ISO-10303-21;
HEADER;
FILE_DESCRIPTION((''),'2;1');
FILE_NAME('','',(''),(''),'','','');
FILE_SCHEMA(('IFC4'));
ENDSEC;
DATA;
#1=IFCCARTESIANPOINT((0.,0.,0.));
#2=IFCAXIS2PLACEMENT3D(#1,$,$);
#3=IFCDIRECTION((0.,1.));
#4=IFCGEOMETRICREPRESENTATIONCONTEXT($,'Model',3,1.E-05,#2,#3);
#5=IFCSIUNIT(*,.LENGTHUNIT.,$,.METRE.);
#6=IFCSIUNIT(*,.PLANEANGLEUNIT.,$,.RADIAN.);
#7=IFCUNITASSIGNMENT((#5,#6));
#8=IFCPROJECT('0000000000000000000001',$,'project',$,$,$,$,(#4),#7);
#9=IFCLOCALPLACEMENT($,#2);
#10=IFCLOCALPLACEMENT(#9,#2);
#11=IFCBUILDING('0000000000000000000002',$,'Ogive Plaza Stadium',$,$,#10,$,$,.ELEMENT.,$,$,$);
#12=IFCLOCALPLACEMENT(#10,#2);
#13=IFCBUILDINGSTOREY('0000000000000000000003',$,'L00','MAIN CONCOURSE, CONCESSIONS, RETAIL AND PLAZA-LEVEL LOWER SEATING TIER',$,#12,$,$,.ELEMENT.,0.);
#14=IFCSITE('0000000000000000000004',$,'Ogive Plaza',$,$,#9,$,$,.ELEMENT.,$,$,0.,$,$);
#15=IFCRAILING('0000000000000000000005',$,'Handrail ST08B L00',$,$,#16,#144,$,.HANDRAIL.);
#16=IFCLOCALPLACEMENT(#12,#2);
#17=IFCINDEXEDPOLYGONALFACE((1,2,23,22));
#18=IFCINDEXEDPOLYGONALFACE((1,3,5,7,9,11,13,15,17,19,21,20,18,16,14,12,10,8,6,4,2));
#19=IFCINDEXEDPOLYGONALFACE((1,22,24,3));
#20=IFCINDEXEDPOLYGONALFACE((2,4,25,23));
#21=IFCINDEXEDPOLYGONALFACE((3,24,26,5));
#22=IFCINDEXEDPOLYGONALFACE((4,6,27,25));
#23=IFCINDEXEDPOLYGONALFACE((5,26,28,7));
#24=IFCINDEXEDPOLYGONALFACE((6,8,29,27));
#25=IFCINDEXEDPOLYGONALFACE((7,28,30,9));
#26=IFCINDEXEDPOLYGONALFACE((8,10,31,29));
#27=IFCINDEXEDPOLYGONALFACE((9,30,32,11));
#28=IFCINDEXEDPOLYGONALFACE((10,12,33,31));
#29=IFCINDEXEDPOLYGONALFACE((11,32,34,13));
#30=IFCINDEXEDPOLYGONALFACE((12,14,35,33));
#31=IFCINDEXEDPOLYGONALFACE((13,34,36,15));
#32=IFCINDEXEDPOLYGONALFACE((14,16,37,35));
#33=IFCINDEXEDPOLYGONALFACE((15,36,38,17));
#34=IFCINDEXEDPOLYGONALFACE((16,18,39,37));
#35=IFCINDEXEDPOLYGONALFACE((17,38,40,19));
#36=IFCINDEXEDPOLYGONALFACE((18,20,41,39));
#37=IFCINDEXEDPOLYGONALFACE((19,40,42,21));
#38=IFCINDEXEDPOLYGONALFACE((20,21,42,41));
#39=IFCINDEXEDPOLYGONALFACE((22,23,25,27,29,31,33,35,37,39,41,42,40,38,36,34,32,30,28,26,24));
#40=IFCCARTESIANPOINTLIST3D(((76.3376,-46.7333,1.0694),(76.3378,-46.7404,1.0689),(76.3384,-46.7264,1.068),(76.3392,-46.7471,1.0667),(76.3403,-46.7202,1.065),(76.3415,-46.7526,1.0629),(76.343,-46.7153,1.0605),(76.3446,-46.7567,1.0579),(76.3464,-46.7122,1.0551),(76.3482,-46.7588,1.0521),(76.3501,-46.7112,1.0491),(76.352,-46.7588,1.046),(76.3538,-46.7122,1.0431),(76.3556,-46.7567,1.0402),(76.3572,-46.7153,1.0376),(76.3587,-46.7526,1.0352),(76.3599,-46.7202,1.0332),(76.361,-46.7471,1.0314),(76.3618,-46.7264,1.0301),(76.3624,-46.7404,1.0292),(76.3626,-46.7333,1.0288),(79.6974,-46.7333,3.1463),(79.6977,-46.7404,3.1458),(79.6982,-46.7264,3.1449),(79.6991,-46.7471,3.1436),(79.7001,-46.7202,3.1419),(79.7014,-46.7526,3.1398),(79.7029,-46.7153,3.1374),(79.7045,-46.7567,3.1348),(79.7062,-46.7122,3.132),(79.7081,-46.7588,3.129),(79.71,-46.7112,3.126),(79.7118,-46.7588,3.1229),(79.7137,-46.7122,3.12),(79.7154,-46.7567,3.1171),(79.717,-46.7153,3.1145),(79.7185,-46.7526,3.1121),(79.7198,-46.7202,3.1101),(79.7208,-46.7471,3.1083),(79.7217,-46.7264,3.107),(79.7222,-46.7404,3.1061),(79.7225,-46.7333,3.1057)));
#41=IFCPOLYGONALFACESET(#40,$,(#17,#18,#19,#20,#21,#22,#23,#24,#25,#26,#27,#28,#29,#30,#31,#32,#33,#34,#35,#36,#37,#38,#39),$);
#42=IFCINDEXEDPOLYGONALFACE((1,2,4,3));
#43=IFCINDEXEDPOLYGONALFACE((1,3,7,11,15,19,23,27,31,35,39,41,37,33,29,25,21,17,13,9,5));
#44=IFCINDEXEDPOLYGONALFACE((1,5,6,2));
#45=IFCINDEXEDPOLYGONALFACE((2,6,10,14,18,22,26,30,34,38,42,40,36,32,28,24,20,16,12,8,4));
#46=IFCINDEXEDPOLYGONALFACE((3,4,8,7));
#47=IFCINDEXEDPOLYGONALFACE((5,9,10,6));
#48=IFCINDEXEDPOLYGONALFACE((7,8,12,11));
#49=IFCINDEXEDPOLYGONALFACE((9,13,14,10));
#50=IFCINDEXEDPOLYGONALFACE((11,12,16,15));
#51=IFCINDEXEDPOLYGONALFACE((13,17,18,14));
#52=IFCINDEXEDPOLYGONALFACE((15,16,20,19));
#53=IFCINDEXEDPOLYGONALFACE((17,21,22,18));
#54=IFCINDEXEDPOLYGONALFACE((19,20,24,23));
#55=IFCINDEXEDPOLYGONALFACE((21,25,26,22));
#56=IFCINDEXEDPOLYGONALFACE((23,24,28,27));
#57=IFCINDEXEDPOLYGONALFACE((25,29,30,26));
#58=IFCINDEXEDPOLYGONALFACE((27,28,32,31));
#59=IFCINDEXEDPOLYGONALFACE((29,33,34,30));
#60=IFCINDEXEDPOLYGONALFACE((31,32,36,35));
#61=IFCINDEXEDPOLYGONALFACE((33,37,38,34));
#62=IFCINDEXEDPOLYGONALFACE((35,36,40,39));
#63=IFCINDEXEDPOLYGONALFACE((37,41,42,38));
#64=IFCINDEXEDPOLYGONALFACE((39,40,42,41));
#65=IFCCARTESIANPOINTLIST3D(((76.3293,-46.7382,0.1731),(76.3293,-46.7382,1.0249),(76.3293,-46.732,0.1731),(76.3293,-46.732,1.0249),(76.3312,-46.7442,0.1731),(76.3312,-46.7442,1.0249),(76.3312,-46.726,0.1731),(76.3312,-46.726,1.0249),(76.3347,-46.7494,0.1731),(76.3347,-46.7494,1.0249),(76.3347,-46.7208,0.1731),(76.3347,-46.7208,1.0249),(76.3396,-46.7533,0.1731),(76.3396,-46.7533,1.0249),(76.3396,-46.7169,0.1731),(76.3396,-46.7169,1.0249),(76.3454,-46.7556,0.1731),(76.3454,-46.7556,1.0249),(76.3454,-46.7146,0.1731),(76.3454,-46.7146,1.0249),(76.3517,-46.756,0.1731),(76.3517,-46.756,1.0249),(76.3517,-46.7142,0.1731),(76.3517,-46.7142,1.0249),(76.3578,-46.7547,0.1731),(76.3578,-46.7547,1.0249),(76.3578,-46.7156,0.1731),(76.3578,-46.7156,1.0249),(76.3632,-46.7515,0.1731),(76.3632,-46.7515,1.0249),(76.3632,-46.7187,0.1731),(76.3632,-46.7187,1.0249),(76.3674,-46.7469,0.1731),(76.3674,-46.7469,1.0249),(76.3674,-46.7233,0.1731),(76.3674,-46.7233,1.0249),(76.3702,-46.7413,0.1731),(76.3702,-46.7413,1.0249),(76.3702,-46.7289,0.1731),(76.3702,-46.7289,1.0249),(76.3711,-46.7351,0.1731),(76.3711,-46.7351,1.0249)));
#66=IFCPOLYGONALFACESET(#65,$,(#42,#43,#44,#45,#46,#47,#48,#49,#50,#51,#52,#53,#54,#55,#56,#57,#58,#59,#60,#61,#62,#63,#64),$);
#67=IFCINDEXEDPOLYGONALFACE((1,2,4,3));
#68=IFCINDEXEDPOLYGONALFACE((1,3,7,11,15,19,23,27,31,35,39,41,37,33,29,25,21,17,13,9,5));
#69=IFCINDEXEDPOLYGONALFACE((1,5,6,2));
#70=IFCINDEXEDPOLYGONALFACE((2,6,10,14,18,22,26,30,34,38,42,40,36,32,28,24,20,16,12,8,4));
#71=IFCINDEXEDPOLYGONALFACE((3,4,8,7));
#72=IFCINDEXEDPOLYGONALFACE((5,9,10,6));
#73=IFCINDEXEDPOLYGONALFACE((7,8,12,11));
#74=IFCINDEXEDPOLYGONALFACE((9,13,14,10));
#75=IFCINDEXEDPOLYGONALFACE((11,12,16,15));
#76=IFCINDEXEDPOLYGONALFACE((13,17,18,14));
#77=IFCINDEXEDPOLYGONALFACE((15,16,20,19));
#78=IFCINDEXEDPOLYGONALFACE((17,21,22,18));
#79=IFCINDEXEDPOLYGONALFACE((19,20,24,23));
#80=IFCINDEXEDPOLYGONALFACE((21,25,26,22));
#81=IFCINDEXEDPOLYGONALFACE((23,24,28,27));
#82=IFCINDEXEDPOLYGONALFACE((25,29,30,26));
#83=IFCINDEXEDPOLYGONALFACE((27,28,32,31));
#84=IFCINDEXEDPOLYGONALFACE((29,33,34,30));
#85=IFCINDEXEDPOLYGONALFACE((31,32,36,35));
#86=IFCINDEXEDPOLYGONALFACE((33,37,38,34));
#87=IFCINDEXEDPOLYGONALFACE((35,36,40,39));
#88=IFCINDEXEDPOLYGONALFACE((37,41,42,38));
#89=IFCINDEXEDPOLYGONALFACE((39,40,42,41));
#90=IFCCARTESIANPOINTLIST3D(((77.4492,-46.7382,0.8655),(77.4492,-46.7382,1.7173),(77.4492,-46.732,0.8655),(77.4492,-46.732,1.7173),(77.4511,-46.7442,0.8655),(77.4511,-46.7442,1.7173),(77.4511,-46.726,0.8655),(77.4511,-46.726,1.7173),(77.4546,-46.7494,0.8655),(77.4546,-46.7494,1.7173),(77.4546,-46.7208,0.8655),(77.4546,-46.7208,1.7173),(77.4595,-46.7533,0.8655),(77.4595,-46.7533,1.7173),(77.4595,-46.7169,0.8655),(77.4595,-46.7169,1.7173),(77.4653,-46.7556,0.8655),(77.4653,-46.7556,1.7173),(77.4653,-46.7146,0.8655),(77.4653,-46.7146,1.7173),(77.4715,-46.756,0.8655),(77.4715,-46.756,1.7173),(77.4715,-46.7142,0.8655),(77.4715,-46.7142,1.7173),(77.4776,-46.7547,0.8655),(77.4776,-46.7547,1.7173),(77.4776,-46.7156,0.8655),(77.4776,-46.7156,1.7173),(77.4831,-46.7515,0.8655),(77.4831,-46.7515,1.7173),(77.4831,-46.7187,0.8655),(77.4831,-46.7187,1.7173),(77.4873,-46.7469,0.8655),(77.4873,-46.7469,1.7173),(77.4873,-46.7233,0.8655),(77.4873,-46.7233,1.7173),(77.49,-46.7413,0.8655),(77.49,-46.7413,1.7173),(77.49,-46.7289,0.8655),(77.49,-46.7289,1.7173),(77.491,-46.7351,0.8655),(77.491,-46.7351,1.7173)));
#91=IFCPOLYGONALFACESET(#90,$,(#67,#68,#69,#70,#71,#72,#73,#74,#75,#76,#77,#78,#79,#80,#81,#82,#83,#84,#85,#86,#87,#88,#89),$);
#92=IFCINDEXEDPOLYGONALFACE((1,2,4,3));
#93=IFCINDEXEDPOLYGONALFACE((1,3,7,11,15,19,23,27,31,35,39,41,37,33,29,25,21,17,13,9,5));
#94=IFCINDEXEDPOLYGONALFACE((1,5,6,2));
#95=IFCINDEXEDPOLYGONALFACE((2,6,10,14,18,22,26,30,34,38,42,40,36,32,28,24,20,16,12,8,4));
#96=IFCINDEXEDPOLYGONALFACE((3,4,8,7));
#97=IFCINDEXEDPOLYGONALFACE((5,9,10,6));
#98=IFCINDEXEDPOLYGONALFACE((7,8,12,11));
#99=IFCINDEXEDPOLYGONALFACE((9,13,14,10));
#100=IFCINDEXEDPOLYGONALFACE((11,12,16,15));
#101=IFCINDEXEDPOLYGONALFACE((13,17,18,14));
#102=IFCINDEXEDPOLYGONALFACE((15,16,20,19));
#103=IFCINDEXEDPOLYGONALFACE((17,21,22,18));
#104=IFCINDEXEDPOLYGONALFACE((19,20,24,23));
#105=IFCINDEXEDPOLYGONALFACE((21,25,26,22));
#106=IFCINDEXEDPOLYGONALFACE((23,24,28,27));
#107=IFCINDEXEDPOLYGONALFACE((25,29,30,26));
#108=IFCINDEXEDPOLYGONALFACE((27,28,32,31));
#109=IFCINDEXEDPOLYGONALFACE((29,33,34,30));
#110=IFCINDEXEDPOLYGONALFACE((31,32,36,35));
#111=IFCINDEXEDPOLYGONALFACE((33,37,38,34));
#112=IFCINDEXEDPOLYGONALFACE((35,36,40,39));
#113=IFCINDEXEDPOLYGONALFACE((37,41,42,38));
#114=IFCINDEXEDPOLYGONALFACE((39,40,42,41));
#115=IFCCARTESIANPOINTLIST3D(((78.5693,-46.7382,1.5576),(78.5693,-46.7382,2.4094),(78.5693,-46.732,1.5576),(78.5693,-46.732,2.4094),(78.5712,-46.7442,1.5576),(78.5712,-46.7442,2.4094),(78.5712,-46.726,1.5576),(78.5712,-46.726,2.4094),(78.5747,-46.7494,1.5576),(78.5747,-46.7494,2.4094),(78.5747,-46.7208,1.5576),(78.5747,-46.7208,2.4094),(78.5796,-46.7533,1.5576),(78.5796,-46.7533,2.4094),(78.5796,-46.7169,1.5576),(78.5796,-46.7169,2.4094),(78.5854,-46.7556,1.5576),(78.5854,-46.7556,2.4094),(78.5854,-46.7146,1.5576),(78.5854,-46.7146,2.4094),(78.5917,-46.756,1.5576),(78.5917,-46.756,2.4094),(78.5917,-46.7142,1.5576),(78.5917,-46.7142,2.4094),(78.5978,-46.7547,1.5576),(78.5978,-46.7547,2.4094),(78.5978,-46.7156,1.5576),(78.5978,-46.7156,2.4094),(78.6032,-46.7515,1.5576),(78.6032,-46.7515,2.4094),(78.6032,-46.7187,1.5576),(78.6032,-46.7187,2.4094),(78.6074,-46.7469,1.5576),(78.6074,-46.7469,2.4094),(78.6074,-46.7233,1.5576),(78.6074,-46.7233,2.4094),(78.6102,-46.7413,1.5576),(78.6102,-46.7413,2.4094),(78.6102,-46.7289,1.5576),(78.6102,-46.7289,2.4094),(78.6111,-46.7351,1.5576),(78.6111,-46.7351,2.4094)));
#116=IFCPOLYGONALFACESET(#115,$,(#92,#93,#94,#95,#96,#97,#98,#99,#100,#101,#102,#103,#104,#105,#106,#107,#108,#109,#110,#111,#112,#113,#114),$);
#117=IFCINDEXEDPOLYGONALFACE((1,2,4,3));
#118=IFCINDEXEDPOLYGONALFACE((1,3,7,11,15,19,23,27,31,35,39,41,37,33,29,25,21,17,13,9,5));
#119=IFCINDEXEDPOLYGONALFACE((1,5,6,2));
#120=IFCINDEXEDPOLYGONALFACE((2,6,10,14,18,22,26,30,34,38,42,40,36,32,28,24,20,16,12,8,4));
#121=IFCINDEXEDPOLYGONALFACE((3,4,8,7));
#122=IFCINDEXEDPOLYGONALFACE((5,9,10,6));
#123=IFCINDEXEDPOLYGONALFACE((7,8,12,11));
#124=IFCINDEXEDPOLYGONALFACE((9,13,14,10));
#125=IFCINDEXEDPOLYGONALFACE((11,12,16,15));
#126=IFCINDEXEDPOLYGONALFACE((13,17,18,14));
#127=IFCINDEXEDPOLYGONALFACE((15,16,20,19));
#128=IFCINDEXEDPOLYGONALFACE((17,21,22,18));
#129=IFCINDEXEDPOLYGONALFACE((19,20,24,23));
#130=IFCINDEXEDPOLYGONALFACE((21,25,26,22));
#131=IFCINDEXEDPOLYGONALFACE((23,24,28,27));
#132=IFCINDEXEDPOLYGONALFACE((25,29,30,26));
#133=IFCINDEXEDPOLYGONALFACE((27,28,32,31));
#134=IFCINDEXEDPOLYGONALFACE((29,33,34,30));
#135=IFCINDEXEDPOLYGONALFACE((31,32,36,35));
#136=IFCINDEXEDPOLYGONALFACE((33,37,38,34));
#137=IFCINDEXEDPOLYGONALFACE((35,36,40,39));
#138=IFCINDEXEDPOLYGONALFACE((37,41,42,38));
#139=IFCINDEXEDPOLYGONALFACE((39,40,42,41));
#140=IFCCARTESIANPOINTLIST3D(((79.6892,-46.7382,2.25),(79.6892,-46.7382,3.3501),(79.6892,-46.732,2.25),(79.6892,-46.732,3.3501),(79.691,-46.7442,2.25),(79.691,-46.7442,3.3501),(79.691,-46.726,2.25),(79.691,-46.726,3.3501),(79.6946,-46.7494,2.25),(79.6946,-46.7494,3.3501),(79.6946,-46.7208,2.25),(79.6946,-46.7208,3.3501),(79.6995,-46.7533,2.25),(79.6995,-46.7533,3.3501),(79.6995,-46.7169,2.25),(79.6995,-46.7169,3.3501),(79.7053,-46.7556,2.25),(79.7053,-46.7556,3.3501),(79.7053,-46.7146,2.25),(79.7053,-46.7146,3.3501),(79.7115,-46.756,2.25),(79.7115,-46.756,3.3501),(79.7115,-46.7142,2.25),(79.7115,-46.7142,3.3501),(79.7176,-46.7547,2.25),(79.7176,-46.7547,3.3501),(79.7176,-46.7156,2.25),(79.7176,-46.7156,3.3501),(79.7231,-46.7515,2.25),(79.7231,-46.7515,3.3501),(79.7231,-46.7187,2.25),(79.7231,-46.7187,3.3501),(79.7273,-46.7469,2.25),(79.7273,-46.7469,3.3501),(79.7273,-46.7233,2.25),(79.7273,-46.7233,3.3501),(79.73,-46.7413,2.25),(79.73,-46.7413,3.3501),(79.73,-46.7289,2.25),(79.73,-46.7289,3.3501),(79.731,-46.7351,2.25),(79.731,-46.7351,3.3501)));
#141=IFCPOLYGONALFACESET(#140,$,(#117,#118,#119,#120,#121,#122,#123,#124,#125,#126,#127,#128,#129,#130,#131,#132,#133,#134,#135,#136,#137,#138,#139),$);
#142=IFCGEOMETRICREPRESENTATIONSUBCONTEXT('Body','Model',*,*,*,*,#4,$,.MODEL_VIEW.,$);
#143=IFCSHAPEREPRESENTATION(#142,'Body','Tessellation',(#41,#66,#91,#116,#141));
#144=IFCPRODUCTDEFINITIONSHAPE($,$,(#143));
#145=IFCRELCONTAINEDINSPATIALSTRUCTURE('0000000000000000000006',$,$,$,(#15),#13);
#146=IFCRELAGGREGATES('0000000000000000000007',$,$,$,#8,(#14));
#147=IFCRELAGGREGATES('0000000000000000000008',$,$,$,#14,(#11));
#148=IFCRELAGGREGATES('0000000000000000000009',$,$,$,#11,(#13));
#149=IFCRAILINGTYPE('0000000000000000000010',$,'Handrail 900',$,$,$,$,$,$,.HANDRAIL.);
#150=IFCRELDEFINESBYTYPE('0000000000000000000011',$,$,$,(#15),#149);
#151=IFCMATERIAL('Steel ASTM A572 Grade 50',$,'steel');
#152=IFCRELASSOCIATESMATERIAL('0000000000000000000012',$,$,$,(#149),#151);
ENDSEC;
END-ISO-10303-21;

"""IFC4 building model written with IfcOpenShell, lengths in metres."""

from ifc_helpers import new_model, si_unit, direction, frame, origin, origin_2d, place, context, subcontext, project, spatial, circle, extrude, material, type_object, element, save


model = new_model("IFC4")

# Units and contexts
model_context = context("Model", 3, precision=1e-05, world=origin(), true_north=direction((0.0, 1.0)))
body_context = subcontext(model_context, "Body", "Model", "MODEL_VIEW")
ifc_project = project(units=[si_unit("LENGTHUNIT", "METRE"), si_unit("PLANEANGLEUNIT", "RADIAN")], contexts=[model_context])

# Site, building, storey
site_placement = place(None, origin())
site = spatial("IfcSite", under=ifc_project, at=site_placement, Name="Ogive Plaza", CompositionType="ELEMENT", RefElevation=0.0)
building_placement = place(site_placement, origin())
building = spatial("IfcBuilding", under=site, at=building_placement, Name="Ogive Plaza Stadium", CompositionType="ELEMENT")
storey_placement = place(building_placement, origin())
storey = spatial("IfcBuildingStorey", under=building, at=storey_placement, Name="L00", Description="MAIN CONCOURSE, CONCESSIONS, RETAIL AND PLAZA-LEVEL LOWER SEATING TIER", CompositionType="ELEMENT", Elevation=0.0)

# Railing
ifc_material_1 = material(Name="Steel ASTM A572 Grade 50", Category="steel")
railing_type_1 = type_object("IfcRailingType", Name="Handrail 900", PredefinedType="HANDRAIL", material=ifc_material_1)
for number, where, name in (
    (1, (76.3501, -46.7351, 0.1731), "Handrail ST08B L00"),
):
    element("IfcRailing", number, at=place(storey_placement, frame(where)), inside=storey, type_object=railing_type_1, Name=name, PredefinedType="HANDRAIL", context=body_context, shape_type="SweptSolid", body=[
        extrude(circle(Radius=0.0239, at=origin_2d()), frame((0.0, 0.0, 0.876), z_axis=(0.850606, 0.0, 0.525803), x_axis=(0.0, 1.0, 0.0)), (0.0, 0.0, 1.0), 3.95),
        extrude(circle(Radius=0.021, at=origin_2d()), origin(), (0.0, 0.0, 1.0), 0.8518),
        extrude(circle(Radius=0.021, at=origin_2d()), frame((1.1199, 0.0, 0.6924)), (0.0, 0.0, 1.0), 0.8518),
        extrude(circle(Radius=0.021, at=origin_2d()), frame((2.24, 0.0, 1.3845)), (0.0, 0.0, 1.0), 0.8518),
        extrude(circle(Radius=0.021, at=origin_2d()), frame((3.3599, 0.0, 2.0769)), (0.0, 0.0, 1.0), 1.1001),
    ])

save(model, "model.ifc")
